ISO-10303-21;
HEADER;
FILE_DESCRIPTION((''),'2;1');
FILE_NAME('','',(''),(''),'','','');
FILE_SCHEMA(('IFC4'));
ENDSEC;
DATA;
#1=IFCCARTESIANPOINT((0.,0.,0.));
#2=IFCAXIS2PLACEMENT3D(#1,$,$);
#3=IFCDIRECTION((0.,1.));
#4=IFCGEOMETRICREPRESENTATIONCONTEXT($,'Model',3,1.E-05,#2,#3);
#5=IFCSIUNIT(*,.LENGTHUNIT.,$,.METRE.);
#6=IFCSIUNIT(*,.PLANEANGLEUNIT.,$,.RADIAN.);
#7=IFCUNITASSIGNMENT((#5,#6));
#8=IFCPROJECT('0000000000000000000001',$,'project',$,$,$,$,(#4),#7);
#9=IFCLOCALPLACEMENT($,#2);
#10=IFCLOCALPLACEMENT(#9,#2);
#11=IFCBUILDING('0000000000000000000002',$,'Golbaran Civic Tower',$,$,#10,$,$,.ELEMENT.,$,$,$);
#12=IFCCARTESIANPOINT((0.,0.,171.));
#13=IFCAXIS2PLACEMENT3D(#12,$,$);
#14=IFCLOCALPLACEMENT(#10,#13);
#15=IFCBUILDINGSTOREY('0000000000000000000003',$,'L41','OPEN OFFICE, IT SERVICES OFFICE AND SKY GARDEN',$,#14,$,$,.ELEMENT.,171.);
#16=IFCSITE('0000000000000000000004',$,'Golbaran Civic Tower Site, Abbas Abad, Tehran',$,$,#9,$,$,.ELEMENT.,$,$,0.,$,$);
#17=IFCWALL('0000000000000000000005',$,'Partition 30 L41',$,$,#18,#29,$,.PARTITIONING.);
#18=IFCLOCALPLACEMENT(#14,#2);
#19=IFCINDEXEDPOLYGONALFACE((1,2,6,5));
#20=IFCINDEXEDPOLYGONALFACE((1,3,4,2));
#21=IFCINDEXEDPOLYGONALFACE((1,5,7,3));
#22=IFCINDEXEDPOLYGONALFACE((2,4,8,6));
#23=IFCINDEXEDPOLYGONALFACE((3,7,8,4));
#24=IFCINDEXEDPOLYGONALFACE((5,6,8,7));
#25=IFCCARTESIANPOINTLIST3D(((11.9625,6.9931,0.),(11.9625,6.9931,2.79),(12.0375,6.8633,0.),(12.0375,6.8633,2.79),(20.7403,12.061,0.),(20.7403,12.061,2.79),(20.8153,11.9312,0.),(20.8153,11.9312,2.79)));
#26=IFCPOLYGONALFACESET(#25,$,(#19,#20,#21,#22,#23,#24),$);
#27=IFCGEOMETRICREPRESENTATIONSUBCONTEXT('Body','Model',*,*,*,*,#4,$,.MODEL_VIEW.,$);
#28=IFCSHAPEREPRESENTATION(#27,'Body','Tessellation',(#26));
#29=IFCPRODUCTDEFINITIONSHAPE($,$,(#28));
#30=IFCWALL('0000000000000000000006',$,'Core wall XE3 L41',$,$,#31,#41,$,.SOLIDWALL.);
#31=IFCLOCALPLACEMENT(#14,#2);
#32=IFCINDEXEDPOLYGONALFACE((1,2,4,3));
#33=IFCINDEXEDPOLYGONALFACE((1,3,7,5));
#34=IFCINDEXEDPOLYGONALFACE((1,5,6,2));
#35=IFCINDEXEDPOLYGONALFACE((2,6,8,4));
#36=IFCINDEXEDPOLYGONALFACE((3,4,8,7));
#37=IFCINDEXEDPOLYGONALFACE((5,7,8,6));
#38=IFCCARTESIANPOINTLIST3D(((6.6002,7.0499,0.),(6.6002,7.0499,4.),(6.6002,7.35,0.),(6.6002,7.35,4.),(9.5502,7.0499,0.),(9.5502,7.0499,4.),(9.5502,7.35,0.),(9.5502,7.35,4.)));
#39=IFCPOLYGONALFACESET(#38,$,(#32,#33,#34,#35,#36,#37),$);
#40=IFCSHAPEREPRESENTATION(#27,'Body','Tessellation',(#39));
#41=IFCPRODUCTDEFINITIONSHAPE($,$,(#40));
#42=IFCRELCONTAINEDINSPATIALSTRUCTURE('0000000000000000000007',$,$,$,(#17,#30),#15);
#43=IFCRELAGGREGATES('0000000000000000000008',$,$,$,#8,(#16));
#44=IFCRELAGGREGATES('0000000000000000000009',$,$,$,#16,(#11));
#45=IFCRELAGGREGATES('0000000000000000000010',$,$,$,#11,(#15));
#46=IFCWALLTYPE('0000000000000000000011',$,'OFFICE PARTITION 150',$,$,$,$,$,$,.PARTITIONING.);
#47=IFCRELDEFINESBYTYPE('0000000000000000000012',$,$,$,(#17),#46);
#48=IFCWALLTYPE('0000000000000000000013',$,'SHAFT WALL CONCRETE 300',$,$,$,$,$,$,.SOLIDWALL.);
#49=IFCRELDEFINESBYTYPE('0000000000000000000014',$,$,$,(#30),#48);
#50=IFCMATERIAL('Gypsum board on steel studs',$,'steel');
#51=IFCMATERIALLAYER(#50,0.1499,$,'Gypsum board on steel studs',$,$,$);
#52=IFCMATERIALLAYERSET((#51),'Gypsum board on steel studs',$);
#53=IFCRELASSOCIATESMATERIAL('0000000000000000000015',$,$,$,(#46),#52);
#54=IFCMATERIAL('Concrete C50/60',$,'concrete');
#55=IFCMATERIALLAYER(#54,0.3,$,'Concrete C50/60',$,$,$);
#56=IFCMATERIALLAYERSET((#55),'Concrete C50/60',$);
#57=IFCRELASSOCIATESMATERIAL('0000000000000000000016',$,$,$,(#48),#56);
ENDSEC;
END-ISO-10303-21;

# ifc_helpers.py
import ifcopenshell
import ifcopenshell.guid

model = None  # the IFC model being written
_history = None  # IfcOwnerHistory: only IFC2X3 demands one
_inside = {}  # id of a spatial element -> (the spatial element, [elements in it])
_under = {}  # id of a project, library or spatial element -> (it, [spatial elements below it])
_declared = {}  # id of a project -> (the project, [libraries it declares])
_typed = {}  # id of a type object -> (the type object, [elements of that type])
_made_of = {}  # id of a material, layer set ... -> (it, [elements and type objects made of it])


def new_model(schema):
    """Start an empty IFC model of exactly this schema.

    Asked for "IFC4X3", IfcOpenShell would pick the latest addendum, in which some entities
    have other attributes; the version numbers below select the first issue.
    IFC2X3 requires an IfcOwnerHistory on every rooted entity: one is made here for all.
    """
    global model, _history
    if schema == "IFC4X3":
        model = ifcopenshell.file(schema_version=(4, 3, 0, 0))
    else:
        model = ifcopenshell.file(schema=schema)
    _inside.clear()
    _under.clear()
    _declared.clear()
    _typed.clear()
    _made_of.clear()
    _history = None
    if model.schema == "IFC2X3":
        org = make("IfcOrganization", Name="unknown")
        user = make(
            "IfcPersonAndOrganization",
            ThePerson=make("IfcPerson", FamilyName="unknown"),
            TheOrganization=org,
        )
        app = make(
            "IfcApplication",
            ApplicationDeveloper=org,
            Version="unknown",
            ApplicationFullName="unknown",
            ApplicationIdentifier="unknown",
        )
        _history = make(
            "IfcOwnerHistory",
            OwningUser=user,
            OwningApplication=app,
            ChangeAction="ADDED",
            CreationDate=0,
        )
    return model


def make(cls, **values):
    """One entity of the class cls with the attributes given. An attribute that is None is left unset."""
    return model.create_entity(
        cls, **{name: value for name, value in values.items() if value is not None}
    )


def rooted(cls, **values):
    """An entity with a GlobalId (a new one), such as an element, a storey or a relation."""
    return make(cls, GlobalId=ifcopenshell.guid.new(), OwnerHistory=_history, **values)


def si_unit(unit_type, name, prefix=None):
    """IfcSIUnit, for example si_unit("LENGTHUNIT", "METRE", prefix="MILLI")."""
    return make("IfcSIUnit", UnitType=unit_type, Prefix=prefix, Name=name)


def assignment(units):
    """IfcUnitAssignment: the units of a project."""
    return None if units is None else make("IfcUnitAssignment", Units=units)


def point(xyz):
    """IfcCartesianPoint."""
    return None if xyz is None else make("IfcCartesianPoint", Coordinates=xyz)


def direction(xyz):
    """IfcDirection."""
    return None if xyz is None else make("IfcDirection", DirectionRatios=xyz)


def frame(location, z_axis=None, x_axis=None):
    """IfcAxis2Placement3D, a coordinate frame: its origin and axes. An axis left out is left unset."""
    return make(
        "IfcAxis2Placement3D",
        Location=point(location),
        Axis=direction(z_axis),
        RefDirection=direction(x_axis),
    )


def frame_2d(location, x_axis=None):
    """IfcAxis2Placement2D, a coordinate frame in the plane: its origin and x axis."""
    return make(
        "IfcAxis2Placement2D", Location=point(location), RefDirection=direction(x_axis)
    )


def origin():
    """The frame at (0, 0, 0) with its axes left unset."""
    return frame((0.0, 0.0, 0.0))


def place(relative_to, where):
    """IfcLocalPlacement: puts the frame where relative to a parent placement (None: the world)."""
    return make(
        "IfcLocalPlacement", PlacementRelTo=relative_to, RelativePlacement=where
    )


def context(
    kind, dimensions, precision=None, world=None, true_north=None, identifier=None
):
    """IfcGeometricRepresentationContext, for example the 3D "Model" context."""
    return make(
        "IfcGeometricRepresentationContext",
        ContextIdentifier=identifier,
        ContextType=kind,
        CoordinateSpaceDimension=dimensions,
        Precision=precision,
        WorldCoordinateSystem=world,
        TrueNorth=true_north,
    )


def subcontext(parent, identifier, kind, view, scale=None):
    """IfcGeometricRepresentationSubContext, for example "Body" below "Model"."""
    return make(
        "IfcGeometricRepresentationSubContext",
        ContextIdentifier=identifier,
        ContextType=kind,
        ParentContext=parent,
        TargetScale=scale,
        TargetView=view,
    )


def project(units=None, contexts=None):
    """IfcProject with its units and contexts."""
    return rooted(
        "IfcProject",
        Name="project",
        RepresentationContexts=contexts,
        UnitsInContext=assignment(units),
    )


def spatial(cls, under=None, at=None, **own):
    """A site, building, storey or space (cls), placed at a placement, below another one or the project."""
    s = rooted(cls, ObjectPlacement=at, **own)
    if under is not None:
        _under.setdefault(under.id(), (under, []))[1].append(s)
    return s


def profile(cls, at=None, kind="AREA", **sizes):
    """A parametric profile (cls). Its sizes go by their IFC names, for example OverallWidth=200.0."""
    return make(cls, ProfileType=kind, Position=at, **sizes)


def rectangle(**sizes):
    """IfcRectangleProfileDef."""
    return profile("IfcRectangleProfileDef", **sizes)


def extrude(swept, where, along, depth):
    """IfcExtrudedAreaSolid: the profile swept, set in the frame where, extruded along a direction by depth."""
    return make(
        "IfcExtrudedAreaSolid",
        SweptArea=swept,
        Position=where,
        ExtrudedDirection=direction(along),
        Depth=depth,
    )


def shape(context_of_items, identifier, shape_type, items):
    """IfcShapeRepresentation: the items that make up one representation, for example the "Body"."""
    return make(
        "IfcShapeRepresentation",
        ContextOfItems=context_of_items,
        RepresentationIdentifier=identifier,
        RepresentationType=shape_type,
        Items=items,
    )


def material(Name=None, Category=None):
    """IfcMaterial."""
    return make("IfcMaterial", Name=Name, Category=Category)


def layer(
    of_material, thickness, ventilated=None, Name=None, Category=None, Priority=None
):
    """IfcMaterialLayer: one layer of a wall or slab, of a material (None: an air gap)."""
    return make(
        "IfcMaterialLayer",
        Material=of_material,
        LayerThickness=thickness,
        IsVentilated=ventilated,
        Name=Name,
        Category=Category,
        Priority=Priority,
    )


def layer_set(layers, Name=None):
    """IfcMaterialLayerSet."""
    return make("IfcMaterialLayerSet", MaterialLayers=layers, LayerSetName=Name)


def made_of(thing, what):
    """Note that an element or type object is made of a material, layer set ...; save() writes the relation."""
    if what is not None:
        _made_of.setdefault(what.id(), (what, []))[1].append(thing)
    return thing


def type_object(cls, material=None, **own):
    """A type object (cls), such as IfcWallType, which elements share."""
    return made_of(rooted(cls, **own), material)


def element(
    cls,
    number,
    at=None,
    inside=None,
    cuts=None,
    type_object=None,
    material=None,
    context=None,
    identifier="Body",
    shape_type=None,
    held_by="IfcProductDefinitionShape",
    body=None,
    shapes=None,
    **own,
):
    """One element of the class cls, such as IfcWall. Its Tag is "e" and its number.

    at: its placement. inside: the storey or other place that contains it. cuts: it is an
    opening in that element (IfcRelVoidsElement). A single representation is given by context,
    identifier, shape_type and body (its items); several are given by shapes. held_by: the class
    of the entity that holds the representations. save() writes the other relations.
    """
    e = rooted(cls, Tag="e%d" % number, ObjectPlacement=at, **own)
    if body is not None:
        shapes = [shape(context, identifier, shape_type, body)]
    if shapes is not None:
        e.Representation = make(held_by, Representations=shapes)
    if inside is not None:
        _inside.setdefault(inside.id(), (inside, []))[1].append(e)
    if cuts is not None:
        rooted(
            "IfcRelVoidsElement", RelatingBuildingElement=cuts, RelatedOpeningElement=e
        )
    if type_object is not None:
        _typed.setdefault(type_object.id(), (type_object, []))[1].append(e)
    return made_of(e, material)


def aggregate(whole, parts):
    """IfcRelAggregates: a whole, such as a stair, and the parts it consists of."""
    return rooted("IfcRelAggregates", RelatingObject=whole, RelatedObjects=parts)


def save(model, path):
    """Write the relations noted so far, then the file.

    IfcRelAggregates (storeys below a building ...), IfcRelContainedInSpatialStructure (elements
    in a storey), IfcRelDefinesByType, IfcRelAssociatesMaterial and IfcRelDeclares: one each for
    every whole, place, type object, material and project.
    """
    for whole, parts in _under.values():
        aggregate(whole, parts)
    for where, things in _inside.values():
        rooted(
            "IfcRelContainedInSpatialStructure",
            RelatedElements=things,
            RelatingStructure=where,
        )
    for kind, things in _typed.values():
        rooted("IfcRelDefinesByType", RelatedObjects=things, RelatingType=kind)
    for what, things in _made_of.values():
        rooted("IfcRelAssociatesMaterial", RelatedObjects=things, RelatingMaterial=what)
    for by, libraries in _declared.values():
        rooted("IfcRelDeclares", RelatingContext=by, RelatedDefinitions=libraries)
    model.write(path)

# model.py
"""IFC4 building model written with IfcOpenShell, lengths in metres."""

from ifc_helpers import new_model, si_unit, direction, frame, frame_2d, origin, place, context, subcontext, project, spatial, rectangle, extrude, material, layer, layer_set, type_object, element, save


model = new_model("IFC4")

# Units and contexts
model_context = context("Model", 3, precision=1e-05, world=origin(), true_north=direction((0.0, 1.0)))
body_context = subcontext(model_context, "Body", "Model", "MODEL_VIEW")
ifc_project = project(units=[si_unit("LENGTHUNIT", "METRE"), si_unit("PLANEANGLEUNIT", "RADIAN")], contexts=[model_context])

# Site, building, storey
site_placement = place(None, origin())
site = spatial("IfcSite", under=ifc_project, at=site_placement, Name="Golbaran Civic Tower Site, Abbas Abad, Tehran", CompositionType="ELEMENT", RefElevation=0.0)
building_placement = place(site_placement, origin())
building = spatial("IfcBuilding", under=site, at=building_placement, Name="Golbaran Civic Tower", CompositionType="ELEMENT")
storey_placement = place(building_placement, frame((0.0, 0.0, 171.0)))
storey = spatial("IfcBuildingStorey", under=building, at=storey_placement, Name="L41", Description="OPEN OFFICE, IT SERVICES OFFICE AND SKY GARDEN", CompositionType="ELEMENT", Elevation=171.0)

# Shared definitions
ifc_material_1 = material(Name="Concrete C50/60", Category="concrete")

# Walls
ifc_material_2 = material(Name="Gypsum board on steel studs", Category="steel")
ifc_layer_1 = layer(ifc_material_2, 0.1499, Name="Gypsum board on steel studs")
ifc_layer_set_1 = layer_set([ifc_layer_1], Name="Gypsum board on steel studs")
wall_type_1 = type_object("IfcWallType", Name="OFFICE PARTITION 150", PredefinedType="PARTITIONING", material=ifc_layer_set_1)
wall_1_placement = place(storey_placement, frame((12.0, 6.9282, 0.0), z_axis=(0.0, 0.0, 1.0), x_axis=(0.866026, 0.499999, 0.0)))
element("IfcWall", 1, at=wall_1_placement, inside=storey, type_object=wall_type_1, Name="Partition 30 L41", PredefinedType="PARTITIONING", context=body_context, shape_type="SweptSolid", body=[
    extrude(rectangle(XDim=10.1357, YDim=0.1499, at=frame_2d((5.0679, 0.0))), origin(), (0.0, 0.0, 1.0), 2.79),
])
ifc_layer_2 = layer(ifc_material_1, 0.3, Name="Concrete C50/60")
ifc_layer_set_2 = layer_set([ifc_layer_2], Name="Concrete C50/60")
wall_type_2 = type_object("IfcWallType", Name="SHAFT WALL CONCRETE 300", PredefinedType="SOLIDWALL", material=ifc_layer_set_2)
wall_2_placement = place(storey_placement, frame((6.6001, 7.2, 0.0), z_axis=(0.0, 0.0, 1.0), x_axis=(1.0, 0.0, 0.0)))
element("IfcWall", 2, at=wall_2_placement, inside=storey, type_object=wall_type_2, Name="Core wall XE3 L41", PredefinedType="SOLIDWALL", context=body_context, shape_type="SweptSolid", body=[
    extrude(rectangle(XDim=2.95, YDim=0.3, at=frame_2d((1.4751, 0.0))), origin(), (0.0, 0.0, 1.0), 4.0),
])

save(model, "model.ifc")
